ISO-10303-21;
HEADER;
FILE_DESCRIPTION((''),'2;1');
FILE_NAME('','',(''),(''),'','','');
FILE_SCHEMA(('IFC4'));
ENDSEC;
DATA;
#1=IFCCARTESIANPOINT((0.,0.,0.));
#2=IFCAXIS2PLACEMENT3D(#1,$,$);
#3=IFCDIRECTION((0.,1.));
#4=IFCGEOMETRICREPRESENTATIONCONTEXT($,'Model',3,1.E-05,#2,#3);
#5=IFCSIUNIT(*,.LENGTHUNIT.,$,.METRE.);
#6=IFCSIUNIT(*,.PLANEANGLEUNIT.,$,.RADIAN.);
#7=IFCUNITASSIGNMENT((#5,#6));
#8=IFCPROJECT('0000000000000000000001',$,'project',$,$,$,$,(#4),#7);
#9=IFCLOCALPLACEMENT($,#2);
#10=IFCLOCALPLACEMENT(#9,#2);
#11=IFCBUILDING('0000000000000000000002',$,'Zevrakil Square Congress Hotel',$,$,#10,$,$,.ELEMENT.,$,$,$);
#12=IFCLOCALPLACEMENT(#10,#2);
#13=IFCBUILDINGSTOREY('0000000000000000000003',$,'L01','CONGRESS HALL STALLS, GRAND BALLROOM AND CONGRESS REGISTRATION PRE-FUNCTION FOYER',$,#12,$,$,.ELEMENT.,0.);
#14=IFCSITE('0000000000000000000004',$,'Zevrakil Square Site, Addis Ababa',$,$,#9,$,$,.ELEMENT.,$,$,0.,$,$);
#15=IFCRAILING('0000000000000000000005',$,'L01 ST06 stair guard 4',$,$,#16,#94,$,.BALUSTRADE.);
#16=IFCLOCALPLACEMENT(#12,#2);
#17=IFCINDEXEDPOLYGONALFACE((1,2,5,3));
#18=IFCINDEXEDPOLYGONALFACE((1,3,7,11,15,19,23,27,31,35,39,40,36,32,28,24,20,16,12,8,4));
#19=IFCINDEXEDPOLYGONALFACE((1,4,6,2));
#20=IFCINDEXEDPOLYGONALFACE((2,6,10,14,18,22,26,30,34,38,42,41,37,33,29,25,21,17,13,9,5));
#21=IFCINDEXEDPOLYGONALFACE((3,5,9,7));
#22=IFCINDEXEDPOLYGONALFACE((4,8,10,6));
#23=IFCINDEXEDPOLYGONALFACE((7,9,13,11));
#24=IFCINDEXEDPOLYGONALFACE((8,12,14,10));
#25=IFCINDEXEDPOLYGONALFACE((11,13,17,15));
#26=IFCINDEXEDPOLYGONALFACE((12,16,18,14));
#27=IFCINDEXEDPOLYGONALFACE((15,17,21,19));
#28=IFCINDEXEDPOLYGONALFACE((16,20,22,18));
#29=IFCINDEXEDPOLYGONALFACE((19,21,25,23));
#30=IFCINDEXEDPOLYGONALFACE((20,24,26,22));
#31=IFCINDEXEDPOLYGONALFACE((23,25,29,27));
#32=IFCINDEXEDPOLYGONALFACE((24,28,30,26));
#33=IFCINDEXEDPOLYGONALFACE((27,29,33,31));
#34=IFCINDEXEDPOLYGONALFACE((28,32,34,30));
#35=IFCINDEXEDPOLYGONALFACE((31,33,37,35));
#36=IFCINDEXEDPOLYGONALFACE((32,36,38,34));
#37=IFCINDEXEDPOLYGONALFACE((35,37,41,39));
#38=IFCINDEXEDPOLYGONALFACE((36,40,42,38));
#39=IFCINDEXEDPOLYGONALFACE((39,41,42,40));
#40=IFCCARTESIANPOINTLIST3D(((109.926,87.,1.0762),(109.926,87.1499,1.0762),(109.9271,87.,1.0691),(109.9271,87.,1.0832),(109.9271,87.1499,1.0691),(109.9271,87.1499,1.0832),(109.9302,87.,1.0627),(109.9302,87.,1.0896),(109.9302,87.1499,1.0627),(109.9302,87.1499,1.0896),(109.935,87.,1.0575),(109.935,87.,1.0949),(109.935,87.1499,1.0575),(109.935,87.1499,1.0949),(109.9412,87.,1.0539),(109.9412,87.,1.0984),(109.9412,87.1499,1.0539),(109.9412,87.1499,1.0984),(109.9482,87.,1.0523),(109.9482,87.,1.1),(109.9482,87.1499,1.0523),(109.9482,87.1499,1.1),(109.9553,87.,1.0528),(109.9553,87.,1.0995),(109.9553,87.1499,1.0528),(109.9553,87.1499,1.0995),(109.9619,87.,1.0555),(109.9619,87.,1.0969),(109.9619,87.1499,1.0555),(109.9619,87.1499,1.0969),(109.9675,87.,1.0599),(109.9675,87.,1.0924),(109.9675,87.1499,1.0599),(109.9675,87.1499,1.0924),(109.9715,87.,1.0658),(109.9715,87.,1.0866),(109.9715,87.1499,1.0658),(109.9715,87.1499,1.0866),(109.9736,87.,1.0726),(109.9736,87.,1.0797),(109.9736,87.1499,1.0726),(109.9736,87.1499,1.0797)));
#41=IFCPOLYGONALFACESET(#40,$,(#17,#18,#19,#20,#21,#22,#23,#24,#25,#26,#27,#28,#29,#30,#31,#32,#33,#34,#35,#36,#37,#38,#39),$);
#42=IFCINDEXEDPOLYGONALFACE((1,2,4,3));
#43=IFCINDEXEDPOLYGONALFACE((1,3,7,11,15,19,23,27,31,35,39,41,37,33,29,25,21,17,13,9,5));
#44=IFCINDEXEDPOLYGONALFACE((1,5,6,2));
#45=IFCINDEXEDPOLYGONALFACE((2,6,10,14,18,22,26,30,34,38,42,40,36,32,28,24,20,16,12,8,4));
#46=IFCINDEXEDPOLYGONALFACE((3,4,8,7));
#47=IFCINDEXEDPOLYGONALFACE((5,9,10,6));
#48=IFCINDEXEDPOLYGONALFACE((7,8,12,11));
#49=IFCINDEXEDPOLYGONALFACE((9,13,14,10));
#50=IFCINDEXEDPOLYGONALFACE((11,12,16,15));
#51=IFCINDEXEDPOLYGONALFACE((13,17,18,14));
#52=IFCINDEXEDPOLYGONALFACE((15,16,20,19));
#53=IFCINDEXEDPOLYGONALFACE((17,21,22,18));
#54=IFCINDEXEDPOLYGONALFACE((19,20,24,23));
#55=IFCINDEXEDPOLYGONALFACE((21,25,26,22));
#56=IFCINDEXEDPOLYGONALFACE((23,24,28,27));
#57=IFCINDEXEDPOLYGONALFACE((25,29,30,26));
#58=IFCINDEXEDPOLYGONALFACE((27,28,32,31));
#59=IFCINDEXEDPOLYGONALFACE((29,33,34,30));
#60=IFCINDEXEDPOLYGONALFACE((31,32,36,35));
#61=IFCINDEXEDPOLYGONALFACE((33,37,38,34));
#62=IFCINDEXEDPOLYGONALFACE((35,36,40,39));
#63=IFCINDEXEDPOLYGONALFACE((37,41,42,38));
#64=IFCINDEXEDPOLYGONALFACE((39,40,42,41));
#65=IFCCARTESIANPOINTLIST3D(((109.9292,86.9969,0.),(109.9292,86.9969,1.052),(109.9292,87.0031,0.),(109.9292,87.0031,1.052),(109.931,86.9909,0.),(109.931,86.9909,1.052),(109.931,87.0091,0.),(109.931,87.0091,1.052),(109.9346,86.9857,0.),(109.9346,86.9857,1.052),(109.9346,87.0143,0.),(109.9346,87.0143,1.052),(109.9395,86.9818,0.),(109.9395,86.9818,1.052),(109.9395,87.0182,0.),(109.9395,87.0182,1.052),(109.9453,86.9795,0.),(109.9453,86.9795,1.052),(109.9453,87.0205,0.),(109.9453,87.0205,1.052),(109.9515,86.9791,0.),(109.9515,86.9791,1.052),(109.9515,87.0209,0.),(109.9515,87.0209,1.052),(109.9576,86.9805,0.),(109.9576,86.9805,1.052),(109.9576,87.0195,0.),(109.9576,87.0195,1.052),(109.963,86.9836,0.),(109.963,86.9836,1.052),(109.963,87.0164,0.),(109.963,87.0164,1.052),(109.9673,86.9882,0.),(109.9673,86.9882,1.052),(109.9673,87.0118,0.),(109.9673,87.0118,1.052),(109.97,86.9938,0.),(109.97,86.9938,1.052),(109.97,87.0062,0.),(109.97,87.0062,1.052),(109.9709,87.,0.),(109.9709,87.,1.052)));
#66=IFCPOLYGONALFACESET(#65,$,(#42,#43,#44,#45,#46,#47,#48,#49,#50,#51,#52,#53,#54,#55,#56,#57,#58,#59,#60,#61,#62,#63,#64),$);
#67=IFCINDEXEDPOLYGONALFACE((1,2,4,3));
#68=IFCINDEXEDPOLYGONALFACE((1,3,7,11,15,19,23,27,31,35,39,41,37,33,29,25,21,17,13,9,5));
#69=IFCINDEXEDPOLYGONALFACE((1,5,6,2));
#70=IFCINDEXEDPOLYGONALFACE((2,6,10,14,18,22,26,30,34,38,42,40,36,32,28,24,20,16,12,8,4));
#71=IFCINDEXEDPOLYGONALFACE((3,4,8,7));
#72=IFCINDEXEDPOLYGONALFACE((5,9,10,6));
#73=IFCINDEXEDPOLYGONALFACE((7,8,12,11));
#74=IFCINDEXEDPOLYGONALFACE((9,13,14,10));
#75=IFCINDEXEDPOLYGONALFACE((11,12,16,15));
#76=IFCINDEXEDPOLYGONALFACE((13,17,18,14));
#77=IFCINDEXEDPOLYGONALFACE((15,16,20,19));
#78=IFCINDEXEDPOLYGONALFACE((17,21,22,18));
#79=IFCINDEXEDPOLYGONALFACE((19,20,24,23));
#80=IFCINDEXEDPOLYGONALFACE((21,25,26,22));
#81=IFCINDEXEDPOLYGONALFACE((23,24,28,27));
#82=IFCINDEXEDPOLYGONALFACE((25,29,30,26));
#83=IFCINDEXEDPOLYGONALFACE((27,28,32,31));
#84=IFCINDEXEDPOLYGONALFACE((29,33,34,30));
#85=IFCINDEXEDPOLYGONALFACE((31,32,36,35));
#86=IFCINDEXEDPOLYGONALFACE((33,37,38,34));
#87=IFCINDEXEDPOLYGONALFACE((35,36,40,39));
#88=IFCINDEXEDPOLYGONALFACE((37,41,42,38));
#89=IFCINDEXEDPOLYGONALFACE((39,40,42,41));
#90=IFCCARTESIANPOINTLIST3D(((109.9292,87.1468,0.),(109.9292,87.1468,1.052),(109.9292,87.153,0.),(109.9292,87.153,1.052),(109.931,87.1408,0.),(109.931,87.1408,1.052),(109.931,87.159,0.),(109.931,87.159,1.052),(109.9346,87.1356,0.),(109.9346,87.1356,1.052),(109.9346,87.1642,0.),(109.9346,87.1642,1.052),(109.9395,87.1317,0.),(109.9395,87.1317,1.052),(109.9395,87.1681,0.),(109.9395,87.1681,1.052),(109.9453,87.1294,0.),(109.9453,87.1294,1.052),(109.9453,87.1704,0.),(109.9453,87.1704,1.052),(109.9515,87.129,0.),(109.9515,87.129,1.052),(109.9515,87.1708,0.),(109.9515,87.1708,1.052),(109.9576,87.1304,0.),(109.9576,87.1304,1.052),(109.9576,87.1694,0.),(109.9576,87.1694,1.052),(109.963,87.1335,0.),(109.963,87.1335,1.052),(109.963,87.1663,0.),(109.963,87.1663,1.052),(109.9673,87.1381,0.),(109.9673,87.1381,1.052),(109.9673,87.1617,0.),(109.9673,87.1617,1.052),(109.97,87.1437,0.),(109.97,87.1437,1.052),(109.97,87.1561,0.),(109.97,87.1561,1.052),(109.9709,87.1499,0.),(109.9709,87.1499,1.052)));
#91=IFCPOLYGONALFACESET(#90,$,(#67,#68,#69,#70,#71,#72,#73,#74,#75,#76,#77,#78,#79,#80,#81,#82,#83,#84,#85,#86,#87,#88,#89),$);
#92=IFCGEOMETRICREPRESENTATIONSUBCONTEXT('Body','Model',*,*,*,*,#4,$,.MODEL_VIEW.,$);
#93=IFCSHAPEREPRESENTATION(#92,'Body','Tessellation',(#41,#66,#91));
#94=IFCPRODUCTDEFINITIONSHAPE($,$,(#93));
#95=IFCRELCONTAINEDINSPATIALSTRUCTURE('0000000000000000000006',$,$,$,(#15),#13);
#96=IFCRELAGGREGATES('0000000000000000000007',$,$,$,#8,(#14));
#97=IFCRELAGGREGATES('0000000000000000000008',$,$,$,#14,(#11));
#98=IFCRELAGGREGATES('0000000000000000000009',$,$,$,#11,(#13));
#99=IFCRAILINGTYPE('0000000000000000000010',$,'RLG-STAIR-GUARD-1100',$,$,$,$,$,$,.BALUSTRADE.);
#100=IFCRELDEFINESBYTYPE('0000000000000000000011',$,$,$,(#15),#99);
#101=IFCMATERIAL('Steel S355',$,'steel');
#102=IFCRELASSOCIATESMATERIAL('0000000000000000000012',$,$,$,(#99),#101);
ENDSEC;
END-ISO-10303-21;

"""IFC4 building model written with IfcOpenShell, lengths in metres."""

from ifc_helpers import new_model, si_unit, direction, frame, origin, origin_2d, place, context, subcontext, project, spatial, circle, extrude, material, type_object, element, save


model = new_model("IFC4")

# Units and contexts
model_context = context("Model", 3, precision=1e-05, world=origin(), true_north=direction((0.0, 1.0)))
body_context = subcontext(model_context, "Body", "Model", "MODEL_VIEW")
ifc_project = project(units=[si_unit("LENGTHUNIT", "METRE"), si_unit("PLANEANGLEUNIT", "RADIAN")], contexts=[model_context])

# Site, building, storey
site_placement = place(None, origin())
site = spatial("IfcSite", under=ifc_project, at=site_placement, Name="Zevrakil Square Site, Addis Ababa", CompositionType="ELEMENT", RefElevation=0.0)
building_placement = place(site_placement, origin())
building = spatial("IfcBuilding", under=site, at=building_placement, Name="Zevrakil Square Congress Hotel", CompositionType="ELEMENT")
storey_placement = place(building_placement, origin())
storey = spatial("IfcBuildingStorey", under=building, at=storey_placement, Name="L01", Description="CONGRESS HALL STALLS, GRAND BALLROOM AND CONGRESS REGISTRATION PRE-FUNCTION FOYER", CompositionType="ELEMENT", Elevation=0.0)

# Railing
ifc_material_1 = material(Name="Steel S355", Category="steel")
railing_type_1 = type_object("IfcRailingType", Name="RLG-STAIR-GUARD-1100", PredefinedType="BALUSTRADE", material=ifc_material_1)
railing_1_placement = place(storey_placement, frame((109.95, 87.0, 0.0)))
element("IfcRailing", 1, at=railing_1_placement, inside=storey, type_object=railing_type_1, Name="L01 ST06 stair guard 4", PredefinedType="BALUSTRADE", context=body_context, shape_type="SweptSolid", body=[
    extrude(circle(Radius=0.0239, at=origin_2d()), frame((0.0, 0.0, 1.0762), z_axis=(0.0, 1.0, 0.0), x_axis=(-1.0, 0.0, 0.0)), (0.0, 0.0, 1.0), 0.1499),
    extrude(circle(Radius=0.021, at=origin_2d()), origin(), (0.0, 0.0, 1.0), 1.052),
    extrude(circle(Radius=0.021, at=origin_2d()), frame((0.0, 0.1499, 0.0)), (0.0, 0.0, 1.0), 1.052),
])

save(model, "model.ifc")
